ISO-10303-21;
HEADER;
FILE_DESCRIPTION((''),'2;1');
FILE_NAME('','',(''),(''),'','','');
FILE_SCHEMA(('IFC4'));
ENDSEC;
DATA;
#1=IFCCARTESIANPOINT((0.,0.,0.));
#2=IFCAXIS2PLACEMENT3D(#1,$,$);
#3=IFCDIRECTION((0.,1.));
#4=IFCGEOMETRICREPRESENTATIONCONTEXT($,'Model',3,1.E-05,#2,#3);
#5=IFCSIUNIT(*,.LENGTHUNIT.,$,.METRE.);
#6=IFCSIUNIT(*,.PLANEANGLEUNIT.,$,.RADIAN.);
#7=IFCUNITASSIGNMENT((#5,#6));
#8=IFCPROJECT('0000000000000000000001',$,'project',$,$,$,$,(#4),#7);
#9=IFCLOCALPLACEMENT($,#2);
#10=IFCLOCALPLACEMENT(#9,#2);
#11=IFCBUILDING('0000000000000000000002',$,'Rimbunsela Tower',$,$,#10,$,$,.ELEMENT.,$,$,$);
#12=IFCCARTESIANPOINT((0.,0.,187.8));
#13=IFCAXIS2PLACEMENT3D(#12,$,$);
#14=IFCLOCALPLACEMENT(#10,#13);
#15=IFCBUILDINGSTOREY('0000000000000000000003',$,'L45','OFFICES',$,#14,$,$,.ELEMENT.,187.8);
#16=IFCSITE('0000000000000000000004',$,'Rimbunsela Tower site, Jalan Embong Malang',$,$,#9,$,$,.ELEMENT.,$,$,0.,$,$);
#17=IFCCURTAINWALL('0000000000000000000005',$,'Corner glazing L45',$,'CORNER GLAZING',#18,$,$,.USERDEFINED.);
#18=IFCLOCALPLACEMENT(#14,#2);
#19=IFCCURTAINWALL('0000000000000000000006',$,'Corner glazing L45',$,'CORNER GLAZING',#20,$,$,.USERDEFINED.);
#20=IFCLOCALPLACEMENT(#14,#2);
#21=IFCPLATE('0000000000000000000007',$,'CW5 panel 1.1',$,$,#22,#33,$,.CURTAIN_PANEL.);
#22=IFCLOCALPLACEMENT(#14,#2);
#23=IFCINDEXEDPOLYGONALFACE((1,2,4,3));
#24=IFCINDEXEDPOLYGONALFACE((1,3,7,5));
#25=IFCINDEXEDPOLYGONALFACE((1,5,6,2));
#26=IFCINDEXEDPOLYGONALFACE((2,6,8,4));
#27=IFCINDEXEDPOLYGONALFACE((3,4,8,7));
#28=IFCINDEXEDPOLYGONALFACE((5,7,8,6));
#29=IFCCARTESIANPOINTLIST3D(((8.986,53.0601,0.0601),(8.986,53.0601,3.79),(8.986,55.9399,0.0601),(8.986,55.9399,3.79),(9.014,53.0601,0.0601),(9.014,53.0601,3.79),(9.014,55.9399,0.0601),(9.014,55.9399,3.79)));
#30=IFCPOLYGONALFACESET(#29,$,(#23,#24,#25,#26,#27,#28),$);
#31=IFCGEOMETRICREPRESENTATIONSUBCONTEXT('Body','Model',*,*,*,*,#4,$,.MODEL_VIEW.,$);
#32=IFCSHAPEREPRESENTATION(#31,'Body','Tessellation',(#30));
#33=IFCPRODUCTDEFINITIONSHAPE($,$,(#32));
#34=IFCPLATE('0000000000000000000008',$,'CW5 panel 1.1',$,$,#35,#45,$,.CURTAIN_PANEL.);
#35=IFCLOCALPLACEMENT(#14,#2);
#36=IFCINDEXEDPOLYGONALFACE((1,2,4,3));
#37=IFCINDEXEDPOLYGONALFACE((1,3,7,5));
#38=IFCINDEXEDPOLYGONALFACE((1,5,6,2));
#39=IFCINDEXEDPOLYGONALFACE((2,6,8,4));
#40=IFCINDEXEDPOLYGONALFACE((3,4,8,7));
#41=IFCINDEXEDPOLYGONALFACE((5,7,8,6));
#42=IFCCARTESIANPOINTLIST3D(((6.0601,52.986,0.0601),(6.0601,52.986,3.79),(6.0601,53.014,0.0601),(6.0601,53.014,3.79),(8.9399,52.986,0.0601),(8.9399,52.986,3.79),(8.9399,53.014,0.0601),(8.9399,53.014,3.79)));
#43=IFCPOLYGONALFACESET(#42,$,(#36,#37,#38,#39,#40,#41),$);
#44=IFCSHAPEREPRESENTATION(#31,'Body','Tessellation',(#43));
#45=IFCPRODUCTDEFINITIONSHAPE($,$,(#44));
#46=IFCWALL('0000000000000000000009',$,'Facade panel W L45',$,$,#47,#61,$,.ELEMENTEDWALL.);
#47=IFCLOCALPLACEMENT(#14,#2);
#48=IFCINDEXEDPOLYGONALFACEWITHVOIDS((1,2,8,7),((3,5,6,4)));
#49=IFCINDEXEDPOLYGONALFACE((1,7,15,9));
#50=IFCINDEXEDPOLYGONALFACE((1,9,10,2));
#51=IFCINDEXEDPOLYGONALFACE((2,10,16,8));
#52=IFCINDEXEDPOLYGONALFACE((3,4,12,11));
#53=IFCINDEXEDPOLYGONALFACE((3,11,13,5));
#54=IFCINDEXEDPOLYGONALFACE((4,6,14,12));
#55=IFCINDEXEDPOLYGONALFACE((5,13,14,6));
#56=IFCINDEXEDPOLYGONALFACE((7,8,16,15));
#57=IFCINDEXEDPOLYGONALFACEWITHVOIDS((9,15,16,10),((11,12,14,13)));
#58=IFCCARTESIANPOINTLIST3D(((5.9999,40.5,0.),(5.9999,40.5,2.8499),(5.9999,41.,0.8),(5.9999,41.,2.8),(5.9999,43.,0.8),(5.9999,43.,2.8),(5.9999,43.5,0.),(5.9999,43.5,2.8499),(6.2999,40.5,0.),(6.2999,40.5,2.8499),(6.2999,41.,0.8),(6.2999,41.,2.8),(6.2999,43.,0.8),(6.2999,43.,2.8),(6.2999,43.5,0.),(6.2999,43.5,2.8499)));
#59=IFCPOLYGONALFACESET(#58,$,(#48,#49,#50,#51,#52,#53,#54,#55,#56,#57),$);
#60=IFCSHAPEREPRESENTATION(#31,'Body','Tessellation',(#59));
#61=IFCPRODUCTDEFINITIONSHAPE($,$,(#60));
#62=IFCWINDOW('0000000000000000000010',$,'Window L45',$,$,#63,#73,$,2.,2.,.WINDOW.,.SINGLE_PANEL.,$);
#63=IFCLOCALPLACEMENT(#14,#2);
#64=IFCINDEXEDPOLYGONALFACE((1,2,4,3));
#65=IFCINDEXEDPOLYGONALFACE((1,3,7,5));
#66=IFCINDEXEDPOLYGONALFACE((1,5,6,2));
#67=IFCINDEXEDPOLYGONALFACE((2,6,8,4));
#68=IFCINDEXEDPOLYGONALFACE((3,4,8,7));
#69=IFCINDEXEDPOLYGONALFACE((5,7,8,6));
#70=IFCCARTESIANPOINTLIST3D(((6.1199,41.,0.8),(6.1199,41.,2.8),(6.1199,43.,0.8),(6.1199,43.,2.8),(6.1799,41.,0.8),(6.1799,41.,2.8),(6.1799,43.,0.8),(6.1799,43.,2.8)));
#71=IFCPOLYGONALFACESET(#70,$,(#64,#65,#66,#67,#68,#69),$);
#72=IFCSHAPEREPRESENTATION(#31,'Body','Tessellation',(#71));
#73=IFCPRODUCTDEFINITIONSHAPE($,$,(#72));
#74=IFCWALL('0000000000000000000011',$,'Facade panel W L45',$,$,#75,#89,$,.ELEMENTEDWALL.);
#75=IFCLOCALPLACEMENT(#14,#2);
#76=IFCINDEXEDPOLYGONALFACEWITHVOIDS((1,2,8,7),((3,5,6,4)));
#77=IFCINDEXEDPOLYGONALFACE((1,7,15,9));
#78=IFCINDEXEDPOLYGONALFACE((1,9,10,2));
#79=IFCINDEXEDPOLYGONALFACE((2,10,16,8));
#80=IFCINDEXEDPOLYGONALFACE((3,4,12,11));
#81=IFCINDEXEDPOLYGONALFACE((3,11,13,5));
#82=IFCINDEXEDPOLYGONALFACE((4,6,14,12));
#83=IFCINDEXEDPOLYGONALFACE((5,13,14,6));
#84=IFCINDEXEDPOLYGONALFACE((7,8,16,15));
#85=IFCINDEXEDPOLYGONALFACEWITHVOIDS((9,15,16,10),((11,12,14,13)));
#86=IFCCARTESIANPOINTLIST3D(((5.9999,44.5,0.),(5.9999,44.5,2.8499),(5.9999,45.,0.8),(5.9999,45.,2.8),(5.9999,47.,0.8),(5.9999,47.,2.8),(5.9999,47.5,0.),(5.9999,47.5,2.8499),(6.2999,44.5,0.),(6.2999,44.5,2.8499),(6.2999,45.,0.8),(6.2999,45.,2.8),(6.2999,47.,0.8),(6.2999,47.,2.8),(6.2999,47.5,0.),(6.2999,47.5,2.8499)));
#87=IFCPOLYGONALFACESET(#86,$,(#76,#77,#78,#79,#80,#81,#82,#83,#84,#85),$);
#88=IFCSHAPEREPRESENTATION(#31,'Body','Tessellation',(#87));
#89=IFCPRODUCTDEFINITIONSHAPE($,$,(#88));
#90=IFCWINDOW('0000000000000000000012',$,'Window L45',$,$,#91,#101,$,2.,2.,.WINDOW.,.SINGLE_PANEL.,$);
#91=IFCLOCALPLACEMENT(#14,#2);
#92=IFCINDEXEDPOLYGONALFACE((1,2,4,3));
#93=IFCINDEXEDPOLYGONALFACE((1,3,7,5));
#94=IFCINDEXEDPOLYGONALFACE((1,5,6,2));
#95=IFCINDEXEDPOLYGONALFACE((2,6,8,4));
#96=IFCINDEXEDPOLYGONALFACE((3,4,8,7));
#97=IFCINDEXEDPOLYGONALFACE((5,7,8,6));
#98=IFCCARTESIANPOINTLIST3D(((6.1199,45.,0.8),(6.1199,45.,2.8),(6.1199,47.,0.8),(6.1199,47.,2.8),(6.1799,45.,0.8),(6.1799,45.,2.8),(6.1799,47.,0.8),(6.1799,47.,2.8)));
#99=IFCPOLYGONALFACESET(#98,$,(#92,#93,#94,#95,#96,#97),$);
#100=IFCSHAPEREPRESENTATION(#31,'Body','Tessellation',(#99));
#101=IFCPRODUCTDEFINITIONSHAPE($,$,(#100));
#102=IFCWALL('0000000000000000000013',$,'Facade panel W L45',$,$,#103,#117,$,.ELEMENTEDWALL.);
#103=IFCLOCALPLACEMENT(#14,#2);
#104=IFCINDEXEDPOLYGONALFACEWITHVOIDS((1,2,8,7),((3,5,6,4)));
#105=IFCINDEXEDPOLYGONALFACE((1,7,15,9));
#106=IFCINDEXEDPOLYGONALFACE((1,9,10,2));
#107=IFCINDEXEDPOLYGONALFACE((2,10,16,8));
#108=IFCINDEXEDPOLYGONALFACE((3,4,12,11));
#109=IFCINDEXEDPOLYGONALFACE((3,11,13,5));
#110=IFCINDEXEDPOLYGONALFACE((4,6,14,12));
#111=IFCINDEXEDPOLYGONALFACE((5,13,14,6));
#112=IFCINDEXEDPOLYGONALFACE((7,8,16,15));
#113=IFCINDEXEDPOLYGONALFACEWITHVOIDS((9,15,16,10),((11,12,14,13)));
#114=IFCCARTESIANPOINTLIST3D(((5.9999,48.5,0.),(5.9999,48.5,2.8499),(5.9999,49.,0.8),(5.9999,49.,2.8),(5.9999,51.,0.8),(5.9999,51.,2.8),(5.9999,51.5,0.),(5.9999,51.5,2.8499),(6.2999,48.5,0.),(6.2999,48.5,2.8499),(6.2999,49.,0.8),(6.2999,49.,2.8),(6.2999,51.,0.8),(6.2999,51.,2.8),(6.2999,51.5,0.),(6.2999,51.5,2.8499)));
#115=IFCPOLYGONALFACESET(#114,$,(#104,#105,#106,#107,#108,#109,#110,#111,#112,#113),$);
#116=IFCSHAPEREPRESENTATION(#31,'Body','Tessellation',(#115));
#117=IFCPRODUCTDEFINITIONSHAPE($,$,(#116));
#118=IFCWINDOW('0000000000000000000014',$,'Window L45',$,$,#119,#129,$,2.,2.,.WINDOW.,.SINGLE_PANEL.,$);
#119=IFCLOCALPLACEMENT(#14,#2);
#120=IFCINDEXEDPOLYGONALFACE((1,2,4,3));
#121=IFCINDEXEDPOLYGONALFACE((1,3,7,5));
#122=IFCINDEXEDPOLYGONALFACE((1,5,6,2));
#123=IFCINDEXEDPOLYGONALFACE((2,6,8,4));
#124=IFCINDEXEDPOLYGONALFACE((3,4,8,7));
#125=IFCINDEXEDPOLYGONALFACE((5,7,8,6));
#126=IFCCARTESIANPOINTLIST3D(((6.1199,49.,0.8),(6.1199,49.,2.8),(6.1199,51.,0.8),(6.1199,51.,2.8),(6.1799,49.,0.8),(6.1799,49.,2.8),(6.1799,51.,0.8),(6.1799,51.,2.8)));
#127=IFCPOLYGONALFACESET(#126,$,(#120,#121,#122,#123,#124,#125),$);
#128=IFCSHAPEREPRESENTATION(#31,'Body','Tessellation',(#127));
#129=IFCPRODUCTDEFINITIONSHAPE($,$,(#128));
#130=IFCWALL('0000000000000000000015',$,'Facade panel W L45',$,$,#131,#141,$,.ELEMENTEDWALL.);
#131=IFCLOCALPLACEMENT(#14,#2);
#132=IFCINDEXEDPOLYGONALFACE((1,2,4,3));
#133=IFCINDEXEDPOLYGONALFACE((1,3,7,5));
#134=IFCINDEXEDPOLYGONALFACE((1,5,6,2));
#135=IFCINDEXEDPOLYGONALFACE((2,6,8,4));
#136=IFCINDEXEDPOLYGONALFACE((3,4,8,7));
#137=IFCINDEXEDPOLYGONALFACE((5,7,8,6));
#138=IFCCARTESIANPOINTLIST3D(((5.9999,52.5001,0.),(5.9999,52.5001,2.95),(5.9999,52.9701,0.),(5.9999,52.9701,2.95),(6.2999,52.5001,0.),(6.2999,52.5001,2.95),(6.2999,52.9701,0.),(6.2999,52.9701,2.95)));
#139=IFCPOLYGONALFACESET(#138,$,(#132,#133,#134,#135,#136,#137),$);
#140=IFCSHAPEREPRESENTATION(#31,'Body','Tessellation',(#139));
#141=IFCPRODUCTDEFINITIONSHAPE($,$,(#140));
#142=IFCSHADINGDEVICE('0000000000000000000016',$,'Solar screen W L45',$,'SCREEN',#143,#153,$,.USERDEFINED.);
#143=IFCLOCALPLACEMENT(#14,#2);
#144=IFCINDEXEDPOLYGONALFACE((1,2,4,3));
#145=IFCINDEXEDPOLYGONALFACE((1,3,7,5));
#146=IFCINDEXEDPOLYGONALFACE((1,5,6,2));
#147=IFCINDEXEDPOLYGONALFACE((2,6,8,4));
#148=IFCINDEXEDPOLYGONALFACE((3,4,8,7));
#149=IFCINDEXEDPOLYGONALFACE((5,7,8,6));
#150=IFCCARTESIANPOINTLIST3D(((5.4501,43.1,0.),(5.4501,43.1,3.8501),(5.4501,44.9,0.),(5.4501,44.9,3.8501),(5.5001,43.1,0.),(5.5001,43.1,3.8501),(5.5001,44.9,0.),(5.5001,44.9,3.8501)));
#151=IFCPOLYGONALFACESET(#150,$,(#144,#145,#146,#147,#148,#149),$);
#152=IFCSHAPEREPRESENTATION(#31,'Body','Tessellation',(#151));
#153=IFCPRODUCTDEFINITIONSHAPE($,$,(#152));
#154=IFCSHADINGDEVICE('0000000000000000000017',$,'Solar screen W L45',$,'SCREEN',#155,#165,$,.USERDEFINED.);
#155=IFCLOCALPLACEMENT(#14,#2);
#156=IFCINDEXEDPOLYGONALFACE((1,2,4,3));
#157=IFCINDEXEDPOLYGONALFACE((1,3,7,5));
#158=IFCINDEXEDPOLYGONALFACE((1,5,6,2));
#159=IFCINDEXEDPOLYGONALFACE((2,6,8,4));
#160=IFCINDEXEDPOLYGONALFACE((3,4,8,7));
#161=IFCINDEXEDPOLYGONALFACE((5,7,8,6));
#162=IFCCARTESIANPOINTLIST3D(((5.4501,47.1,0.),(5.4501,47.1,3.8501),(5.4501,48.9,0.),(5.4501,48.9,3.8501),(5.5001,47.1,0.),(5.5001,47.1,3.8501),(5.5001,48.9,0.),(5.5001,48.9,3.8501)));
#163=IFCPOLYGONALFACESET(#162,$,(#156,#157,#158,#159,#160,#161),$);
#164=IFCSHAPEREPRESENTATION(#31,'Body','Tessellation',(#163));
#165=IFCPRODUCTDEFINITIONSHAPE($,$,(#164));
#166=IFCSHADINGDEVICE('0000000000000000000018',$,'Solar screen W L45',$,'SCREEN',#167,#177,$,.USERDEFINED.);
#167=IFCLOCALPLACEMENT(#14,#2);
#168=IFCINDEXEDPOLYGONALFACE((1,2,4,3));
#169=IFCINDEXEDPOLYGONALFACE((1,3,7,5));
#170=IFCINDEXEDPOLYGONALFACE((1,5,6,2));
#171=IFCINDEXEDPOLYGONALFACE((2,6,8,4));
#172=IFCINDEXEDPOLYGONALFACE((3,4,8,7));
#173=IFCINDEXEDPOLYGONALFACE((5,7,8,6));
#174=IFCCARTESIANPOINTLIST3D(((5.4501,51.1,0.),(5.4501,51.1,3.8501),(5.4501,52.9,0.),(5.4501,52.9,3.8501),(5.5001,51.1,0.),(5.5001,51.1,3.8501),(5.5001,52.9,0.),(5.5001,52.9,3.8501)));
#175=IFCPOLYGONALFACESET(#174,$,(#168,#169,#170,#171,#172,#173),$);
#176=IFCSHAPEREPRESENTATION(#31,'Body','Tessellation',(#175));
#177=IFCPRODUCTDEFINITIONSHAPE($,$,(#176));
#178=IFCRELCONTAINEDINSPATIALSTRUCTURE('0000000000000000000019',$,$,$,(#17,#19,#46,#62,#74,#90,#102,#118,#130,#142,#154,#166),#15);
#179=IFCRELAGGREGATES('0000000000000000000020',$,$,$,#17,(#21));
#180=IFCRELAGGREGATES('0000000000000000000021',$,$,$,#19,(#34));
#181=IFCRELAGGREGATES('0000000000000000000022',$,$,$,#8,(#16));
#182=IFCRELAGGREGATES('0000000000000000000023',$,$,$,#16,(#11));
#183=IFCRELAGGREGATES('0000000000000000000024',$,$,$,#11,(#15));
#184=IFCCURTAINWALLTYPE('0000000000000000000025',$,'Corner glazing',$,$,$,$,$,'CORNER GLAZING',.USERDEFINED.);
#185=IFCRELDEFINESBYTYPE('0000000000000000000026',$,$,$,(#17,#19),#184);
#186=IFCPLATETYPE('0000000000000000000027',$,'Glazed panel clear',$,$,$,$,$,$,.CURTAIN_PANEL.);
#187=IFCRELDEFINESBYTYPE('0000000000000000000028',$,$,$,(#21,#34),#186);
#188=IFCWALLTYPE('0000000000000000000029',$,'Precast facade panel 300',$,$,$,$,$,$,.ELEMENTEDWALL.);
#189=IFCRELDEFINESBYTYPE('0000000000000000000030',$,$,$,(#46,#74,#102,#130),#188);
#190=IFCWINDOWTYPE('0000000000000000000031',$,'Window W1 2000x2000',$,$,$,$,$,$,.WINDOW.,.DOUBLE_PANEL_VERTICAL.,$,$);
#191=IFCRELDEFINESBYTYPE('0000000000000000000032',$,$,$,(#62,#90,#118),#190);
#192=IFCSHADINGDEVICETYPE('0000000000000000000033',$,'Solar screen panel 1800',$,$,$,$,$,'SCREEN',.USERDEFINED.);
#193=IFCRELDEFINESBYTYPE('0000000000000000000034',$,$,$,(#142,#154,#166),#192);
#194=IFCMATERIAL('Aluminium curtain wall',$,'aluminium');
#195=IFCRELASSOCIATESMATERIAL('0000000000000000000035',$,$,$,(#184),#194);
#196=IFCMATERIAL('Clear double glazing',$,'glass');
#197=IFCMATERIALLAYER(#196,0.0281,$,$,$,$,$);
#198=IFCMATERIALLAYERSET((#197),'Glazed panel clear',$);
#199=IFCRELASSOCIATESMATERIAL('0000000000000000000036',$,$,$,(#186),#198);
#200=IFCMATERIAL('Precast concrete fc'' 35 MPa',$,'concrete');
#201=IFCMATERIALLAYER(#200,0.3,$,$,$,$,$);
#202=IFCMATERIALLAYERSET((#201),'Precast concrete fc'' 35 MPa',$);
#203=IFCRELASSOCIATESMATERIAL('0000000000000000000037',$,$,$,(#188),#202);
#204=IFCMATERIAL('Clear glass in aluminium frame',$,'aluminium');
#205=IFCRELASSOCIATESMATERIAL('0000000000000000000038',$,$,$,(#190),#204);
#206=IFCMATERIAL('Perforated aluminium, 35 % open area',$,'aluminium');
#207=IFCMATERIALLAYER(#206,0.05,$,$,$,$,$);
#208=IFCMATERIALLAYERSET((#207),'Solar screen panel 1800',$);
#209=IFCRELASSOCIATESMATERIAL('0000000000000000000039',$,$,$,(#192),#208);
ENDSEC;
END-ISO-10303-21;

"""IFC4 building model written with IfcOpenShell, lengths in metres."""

from ifc_helpers import new_model, si_unit, direction, frame, frame_2d, origin, origin_2d, place, context, subcontext, project, spatial, rectangle, extrude, material, layer, layer_set, type_object, element, fill, aggregate, save


model = new_model("IFC4")

# Units and contexts
model_context = context("Model", 3, precision=1e-05, world=origin(), true_north=direction((0.0, 1.0)))
body_context = subcontext(model_context, "Body", "Model", "MODEL_VIEW")
ifc_project = project(units=[si_unit("LENGTHUNIT", "METRE"), si_unit("PLANEANGLEUNIT", "RADIAN")], contexts=[model_context])

# Site, building, storey
site_placement = place(None, origin())
site = spatial("IfcSite", under=ifc_project, at=site_placement, Name="Rimbunsela Tower site, Jalan Embong Malang", CompositionType="ELEMENT", RefElevation=0.0)
building_placement = place(site_placement, origin())
building = spatial("IfcBuilding", under=site, at=building_placement, Name="Rimbunsela Tower", CompositionType="ELEMENT")
storey_placement = place(building_placement, frame((0.0, 0.0, 187.8)))
storey = spatial("IfcBuildingStorey", under=building, at=storey_placement, Name="L45", Description="OFFICES", CompositionType="ELEMENT", Elevation=187.8)

# Curtain wall
ifc_material_1 = material(Name="Aluminium curtain wall", Category="aluminium")
curtain_wall_type = type_object("IfcCurtainWallType", Name="Corner glazing", ElementType="CORNER GLAZING", PredefinedType="USERDEFINED", material=ifc_material_1)
curtain_wall_1_placement = place(storey_placement, origin())
curtain_wall_1 = element("IfcCurtainWall", 1, at=curtain_wall_1_placement, inside=storey, type_object=curtain_wall_type, Name="Corner glazing L45", ObjectType="CORNER GLAZING", PredefinedType="USERDEFINED")

# Curtain wall
curtain_wall_2_placement = place(storey_placement, origin())
curtain_wall_2 = element("IfcCurtainWall", 2, at=curtain_wall_2_placement, inside=storey, type_object=curtain_wall_type, Name="Corner glazing L45", ObjectType="CORNER GLAZING", PredefinedType="USERDEFINED")

# Plates
ifc_material_2 = material(Name="Clear double glazing", Category="glass")
ifc_layer_1 = layer(ifc_material_2, 0.0281)
ifc_layer_set_1 = layer_set([ifc_layer_1], Name="Glazed panel clear")
plate_type = type_object("IfcPlateType", Name="Glazed panel clear", PredefinedType="CURTAIN_PANEL", material=ifc_layer_set_1)
plate_1_placement = place(storey_placement, frame((9.0, 54.5, 0.0601), z_axis=(0.0, 0.0, 1.0), x_axis=(0.0, -1.0, 0.0)))
plate_1 = element("IfcPlate", 3, at=plate_1_placement, type_object=plate_type, Name="CW5 panel 1.1", PredefinedType="CURTAIN_PANEL", context=body_context, shape_type="SweptSolid", body=[
    extrude(rectangle(XDim=2.8799, YDim=0.0281, at=origin_2d()), origin(), (0.0, 0.0, 1.0), 3.73),
])
aggregate(curtain_wall_1, [plate_1])
plate_2_placement = place(storey_placement, frame((7.5, 53.0, 0.0601), z_axis=(0.0, 0.0, 1.0), x_axis=(-1.0, 0.0, 0.0)))
plate_2 = element("IfcPlate", 4, at=plate_2_placement, type_object=plate_type, Name="CW5 panel 1.1", PredefinedType="CURTAIN_PANEL", context=body_context, shape_type="SweptSolid", body=[
    extrude(rectangle(XDim=2.8799, YDim=0.0281, at=origin_2d()), origin(), (0.0, 0.0, 1.0), 3.73),
])
aggregate(curtain_wall_2, [plate_2])

# Walls, openings, windows
ifc_material_3 = material(Name="Precast concrete fc' 35 MPa", Category="concrete")
ifc_layer_2 = layer(ifc_material_3, 0.3)
ifc_layer_set_2 = layer_set([ifc_layer_2], Name="Precast concrete fc' 35 MPa")
wall_type = type_object("IfcWallType", Name="Precast facade panel 300", PredefinedType="ELEMENTEDWALL", material=ifc_layer_set_2)
wall_1_placement = place(storey_placement, frame((6.1499, 43.5, 0.0), z_axis=(0.0, 0.0, 1.0), x_axis=(0.0, -1.0, 0.0)))
wall_1 = element("IfcWall", 5, at=wall_1_placement, inside=storey, type_object=wall_type, Name="Facade panel W L45", PredefinedType="ELEMENTEDWALL", context=body_context, shape_type="SweptSolid", body=[
    extrude(rectangle(XDim=3.0, YDim=0.3, at=frame_2d((1.5, 0.0))), origin(), (0.0, 0.0, 1.0), 2.8499),
])
opening_1_placement = place(wall_1_placement, frame((0.5, 0.0, 0.8)))
opening_1 = element("IfcOpeningElement", 6, at=opening_1_placement, cuts=wall_1, PredefinedType="OPENING", context=body_context, shape_type="SweptSolid", body=[
    extrude(rectangle(XDim=2.0, YDim=2.0, at=frame_2d((1.0, 1.0))), frame((0.0, 0.1599, 0.0), z_axis=(0.0, -1.0, 0.0), x_axis=(1.0, 0.0, 0.0)), (0.0, 0.0, 1.0), 0.3201),
])
ifc_material_4 = material(Name="Clear glass in aluminium frame", Category="aluminium")
window_type = type_object("IfcWindowType", Name="Window W1 2000x2000", PartitioningType="DOUBLE_PANEL_VERTICAL", PredefinedType="WINDOW", material=ifc_material_4)
window_1_placement = place(opening_1_placement, origin())
window_1 = element("IfcWindow", 7, at=window_1_placement, inside=storey, type_object=window_type, Name="Window L45", OverallHeight=2.0, OverallWidth=2.0, PartitioningType="SINGLE_PANEL", PredefinedType="WINDOW", context=body_context, shape_type="SweptSolid", body=[
    extrude(rectangle(XDim=2.0, YDim=2.0, at=frame_2d((1.0, 1.0))), frame((0.0, 0.03, 0.0), z_axis=(0.0, -1.0, 0.0), x_axis=(1.0, 0.0, 0.0)), (0.0, 0.0, 1.0), 0.0601),
])
fill(opening_1, window_1)
wall_2_placement = place(storey_placement, frame((6.1499, 47.5, 0.0), z_axis=(0.0, 0.0, 1.0), x_axis=(0.0, -1.0, 0.0)))
wall_2 = element("IfcWall", 8, at=wall_2_placement, inside=storey, type_object=wall_type, Name="Facade panel W L45", PredefinedType="ELEMENTEDWALL", context=body_context, shape_type="SweptSolid", body=[
    extrude(rectangle(XDim=3.0, YDim=0.3, at=frame_2d((1.5, 0.0))), origin(), (0.0, 0.0, 1.0), 2.8499),
])
opening_2_placement = place(wall_2_placement, frame((0.5, 0.0, 0.8)))
opening_2 = element("IfcOpeningElement", 9, at=opening_2_placement, cuts=wall_2, PredefinedType="OPENING", context=body_context, shape_type="SweptSolid", body=[
    extrude(rectangle(XDim=2.0, YDim=2.0, at=frame_2d((1.0, 1.0))), frame((0.0, 0.1599, 0.0), z_axis=(0.0, -1.0, 0.0), x_axis=(1.0, 0.0, 0.0)), (0.0, 0.0, 1.0), 0.3201),
])
window_2_placement = place(opening_2_placement, origin())
window_2 = element("IfcWindow", 10, at=window_2_placement, inside=storey, type_object=window_type, Name="Window L45", OverallHeight=2.0, OverallWidth=2.0, PartitioningType="SINGLE_PANEL", PredefinedType="WINDOW", context=body_context, shape_type="SweptSolid", body=[
    extrude(rectangle(XDim=2.0, YDim=2.0, at=frame_2d((1.0, 1.0))), frame((0.0, 0.03, 0.0), z_axis=(0.0, -1.0, 0.0), x_axis=(1.0, 0.0, 0.0)), (0.0, 0.0, 1.0), 0.0601),
])
fill(opening_2, window_2)
wall_3_placement = place(storey_placement, frame((6.1499, 51.5, 0.0), z_axis=(0.0, 0.0, 1.0), x_axis=(0.0, -1.0, 0.0)))
wall_3 = element("IfcWall", 11, at=wall_3_placement, inside=storey, type_object=wall_type, Name="Facade panel W L45", PredefinedType="ELEMENTEDWALL", context=body_context, shape_type="SweptSolid", body=[
    extrude(rectangle(XDim=3.0, YDim=0.3, at=frame_2d((1.5, 0.0))), origin(), (0.0, 0.0, 1.0), 2.8499),
])
opening_3_placement = place(wall_3_placement, frame((0.5, 0.0, 0.8)))
opening_3 = element("IfcOpeningElement", 12, at=opening_3_placement, cuts=wall_3, PredefinedType="OPENING", context=body_context, shape_type="SweptSolid", body=[
    extrude(rectangle(XDim=2.0, YDim=2.0, at=frame_2d((1.0, 1.0))), frame((0.0, 0.1599, 0.0), z_axis=(0.0, -1.0, 0.0), x_axis=(1.0, 0.0, 0.0)), (0.0, 0.0, 1.0), 0.3201),
])
window_3_placement = place(opening_3_placement, origin())
window_3 = element("IfcWindow", 13, at=window_3_placement, inside=storey, type_object=window_type, Name="Window L45", OverallHeight=2.0, OverallWidth=2.0, PartitioningType="SINGLE_PANEL", PredefinedType="WINDOW", context=body_context, shape_type="SweptSolid", body=[
    extrude(rectangle(XDim=2.0, YDim=2.0, at=frame_2d((1.0, 1.0))), frame((0.0, 0.03, 0.0), z_axis=(0.0, -1.0, 0.0), x_axis=(1.0, 0.0, 0.0)), (0.0, 0.0, 1.0), 0.0601),
])
fill(opening_3, window_3)

# Wall
wall_4_placement = place(storey_placement, frame((6.1499, 52.97, 0.0), z_axis=(0.0, 0.0, 1.0), x_axis=(0.0, -1.0, 0.0)))
element("IfcWall", 14, at=wall_4_placement, inside=storey, type_object=wall_type, Name="Facade panel W L45", PredefinedType="ELEMENTEDWALL", context=body_context, shape_type="SweptSolid", body=[
    extrude(rectangle(XDim=0.47, YDim=0.3, at=frame_2d((0.2349, 0.0))), origin(), (0.0, 0.0, 1.0), 2.95),
])

# Shading devices
ifc_material_5 = material(Name="Perforated aluminium, 35 % open area", Category="aluminium")
ifc_layer_3 = layer(ifc_material_5, 0.05)
ifc_layer_set_3 = layer_set([ifc_layer_3], Name="Solar screen panel 1800")
shading_device_type = type_object("IfcShadingDeviceType", Name="Solar screen panel 1800", ElementType="SCREEN", PredefinedType="USERDEFINED", material=ifc_layer_set_3)
for number, where, z_axis, x_axis, name in (
    (15, (5.4751, 44.0, 0.0), (0.0, 0.0, 1.0), (0.0, 1.0, 0.0), "Solar screen W L45"),
    (16, (5.4751, 48.0, 0.0), (0.0, 0.0, 1.0), (0.0, 1.0, 0.0), "Solar screen W L45"),
    (17, (5.4751, 52.0, 0.0), (0.0, 0.0, 1.0), (0.0, 1.0, 0.0), "Solar screen W L45"),
):
    element("IfcShadingDevice", number, at=place(storey_placement, frame(where, z_axis=z_axis, x_axis=x_axis)), inside=storey, type_object=shading_device_type, Name=name, ObjectType="SCREEN", PredefinedType="USERDEFINED", context=body_context, shape_type="SweptSolid", body=[
        extrude(rectangle(XDim=1.8, YDim=0.05, at=origin_2d()), origin(), (0.0, 0.0, 1.0), 3.8501),
    ])

save(model, "model.ifc")
